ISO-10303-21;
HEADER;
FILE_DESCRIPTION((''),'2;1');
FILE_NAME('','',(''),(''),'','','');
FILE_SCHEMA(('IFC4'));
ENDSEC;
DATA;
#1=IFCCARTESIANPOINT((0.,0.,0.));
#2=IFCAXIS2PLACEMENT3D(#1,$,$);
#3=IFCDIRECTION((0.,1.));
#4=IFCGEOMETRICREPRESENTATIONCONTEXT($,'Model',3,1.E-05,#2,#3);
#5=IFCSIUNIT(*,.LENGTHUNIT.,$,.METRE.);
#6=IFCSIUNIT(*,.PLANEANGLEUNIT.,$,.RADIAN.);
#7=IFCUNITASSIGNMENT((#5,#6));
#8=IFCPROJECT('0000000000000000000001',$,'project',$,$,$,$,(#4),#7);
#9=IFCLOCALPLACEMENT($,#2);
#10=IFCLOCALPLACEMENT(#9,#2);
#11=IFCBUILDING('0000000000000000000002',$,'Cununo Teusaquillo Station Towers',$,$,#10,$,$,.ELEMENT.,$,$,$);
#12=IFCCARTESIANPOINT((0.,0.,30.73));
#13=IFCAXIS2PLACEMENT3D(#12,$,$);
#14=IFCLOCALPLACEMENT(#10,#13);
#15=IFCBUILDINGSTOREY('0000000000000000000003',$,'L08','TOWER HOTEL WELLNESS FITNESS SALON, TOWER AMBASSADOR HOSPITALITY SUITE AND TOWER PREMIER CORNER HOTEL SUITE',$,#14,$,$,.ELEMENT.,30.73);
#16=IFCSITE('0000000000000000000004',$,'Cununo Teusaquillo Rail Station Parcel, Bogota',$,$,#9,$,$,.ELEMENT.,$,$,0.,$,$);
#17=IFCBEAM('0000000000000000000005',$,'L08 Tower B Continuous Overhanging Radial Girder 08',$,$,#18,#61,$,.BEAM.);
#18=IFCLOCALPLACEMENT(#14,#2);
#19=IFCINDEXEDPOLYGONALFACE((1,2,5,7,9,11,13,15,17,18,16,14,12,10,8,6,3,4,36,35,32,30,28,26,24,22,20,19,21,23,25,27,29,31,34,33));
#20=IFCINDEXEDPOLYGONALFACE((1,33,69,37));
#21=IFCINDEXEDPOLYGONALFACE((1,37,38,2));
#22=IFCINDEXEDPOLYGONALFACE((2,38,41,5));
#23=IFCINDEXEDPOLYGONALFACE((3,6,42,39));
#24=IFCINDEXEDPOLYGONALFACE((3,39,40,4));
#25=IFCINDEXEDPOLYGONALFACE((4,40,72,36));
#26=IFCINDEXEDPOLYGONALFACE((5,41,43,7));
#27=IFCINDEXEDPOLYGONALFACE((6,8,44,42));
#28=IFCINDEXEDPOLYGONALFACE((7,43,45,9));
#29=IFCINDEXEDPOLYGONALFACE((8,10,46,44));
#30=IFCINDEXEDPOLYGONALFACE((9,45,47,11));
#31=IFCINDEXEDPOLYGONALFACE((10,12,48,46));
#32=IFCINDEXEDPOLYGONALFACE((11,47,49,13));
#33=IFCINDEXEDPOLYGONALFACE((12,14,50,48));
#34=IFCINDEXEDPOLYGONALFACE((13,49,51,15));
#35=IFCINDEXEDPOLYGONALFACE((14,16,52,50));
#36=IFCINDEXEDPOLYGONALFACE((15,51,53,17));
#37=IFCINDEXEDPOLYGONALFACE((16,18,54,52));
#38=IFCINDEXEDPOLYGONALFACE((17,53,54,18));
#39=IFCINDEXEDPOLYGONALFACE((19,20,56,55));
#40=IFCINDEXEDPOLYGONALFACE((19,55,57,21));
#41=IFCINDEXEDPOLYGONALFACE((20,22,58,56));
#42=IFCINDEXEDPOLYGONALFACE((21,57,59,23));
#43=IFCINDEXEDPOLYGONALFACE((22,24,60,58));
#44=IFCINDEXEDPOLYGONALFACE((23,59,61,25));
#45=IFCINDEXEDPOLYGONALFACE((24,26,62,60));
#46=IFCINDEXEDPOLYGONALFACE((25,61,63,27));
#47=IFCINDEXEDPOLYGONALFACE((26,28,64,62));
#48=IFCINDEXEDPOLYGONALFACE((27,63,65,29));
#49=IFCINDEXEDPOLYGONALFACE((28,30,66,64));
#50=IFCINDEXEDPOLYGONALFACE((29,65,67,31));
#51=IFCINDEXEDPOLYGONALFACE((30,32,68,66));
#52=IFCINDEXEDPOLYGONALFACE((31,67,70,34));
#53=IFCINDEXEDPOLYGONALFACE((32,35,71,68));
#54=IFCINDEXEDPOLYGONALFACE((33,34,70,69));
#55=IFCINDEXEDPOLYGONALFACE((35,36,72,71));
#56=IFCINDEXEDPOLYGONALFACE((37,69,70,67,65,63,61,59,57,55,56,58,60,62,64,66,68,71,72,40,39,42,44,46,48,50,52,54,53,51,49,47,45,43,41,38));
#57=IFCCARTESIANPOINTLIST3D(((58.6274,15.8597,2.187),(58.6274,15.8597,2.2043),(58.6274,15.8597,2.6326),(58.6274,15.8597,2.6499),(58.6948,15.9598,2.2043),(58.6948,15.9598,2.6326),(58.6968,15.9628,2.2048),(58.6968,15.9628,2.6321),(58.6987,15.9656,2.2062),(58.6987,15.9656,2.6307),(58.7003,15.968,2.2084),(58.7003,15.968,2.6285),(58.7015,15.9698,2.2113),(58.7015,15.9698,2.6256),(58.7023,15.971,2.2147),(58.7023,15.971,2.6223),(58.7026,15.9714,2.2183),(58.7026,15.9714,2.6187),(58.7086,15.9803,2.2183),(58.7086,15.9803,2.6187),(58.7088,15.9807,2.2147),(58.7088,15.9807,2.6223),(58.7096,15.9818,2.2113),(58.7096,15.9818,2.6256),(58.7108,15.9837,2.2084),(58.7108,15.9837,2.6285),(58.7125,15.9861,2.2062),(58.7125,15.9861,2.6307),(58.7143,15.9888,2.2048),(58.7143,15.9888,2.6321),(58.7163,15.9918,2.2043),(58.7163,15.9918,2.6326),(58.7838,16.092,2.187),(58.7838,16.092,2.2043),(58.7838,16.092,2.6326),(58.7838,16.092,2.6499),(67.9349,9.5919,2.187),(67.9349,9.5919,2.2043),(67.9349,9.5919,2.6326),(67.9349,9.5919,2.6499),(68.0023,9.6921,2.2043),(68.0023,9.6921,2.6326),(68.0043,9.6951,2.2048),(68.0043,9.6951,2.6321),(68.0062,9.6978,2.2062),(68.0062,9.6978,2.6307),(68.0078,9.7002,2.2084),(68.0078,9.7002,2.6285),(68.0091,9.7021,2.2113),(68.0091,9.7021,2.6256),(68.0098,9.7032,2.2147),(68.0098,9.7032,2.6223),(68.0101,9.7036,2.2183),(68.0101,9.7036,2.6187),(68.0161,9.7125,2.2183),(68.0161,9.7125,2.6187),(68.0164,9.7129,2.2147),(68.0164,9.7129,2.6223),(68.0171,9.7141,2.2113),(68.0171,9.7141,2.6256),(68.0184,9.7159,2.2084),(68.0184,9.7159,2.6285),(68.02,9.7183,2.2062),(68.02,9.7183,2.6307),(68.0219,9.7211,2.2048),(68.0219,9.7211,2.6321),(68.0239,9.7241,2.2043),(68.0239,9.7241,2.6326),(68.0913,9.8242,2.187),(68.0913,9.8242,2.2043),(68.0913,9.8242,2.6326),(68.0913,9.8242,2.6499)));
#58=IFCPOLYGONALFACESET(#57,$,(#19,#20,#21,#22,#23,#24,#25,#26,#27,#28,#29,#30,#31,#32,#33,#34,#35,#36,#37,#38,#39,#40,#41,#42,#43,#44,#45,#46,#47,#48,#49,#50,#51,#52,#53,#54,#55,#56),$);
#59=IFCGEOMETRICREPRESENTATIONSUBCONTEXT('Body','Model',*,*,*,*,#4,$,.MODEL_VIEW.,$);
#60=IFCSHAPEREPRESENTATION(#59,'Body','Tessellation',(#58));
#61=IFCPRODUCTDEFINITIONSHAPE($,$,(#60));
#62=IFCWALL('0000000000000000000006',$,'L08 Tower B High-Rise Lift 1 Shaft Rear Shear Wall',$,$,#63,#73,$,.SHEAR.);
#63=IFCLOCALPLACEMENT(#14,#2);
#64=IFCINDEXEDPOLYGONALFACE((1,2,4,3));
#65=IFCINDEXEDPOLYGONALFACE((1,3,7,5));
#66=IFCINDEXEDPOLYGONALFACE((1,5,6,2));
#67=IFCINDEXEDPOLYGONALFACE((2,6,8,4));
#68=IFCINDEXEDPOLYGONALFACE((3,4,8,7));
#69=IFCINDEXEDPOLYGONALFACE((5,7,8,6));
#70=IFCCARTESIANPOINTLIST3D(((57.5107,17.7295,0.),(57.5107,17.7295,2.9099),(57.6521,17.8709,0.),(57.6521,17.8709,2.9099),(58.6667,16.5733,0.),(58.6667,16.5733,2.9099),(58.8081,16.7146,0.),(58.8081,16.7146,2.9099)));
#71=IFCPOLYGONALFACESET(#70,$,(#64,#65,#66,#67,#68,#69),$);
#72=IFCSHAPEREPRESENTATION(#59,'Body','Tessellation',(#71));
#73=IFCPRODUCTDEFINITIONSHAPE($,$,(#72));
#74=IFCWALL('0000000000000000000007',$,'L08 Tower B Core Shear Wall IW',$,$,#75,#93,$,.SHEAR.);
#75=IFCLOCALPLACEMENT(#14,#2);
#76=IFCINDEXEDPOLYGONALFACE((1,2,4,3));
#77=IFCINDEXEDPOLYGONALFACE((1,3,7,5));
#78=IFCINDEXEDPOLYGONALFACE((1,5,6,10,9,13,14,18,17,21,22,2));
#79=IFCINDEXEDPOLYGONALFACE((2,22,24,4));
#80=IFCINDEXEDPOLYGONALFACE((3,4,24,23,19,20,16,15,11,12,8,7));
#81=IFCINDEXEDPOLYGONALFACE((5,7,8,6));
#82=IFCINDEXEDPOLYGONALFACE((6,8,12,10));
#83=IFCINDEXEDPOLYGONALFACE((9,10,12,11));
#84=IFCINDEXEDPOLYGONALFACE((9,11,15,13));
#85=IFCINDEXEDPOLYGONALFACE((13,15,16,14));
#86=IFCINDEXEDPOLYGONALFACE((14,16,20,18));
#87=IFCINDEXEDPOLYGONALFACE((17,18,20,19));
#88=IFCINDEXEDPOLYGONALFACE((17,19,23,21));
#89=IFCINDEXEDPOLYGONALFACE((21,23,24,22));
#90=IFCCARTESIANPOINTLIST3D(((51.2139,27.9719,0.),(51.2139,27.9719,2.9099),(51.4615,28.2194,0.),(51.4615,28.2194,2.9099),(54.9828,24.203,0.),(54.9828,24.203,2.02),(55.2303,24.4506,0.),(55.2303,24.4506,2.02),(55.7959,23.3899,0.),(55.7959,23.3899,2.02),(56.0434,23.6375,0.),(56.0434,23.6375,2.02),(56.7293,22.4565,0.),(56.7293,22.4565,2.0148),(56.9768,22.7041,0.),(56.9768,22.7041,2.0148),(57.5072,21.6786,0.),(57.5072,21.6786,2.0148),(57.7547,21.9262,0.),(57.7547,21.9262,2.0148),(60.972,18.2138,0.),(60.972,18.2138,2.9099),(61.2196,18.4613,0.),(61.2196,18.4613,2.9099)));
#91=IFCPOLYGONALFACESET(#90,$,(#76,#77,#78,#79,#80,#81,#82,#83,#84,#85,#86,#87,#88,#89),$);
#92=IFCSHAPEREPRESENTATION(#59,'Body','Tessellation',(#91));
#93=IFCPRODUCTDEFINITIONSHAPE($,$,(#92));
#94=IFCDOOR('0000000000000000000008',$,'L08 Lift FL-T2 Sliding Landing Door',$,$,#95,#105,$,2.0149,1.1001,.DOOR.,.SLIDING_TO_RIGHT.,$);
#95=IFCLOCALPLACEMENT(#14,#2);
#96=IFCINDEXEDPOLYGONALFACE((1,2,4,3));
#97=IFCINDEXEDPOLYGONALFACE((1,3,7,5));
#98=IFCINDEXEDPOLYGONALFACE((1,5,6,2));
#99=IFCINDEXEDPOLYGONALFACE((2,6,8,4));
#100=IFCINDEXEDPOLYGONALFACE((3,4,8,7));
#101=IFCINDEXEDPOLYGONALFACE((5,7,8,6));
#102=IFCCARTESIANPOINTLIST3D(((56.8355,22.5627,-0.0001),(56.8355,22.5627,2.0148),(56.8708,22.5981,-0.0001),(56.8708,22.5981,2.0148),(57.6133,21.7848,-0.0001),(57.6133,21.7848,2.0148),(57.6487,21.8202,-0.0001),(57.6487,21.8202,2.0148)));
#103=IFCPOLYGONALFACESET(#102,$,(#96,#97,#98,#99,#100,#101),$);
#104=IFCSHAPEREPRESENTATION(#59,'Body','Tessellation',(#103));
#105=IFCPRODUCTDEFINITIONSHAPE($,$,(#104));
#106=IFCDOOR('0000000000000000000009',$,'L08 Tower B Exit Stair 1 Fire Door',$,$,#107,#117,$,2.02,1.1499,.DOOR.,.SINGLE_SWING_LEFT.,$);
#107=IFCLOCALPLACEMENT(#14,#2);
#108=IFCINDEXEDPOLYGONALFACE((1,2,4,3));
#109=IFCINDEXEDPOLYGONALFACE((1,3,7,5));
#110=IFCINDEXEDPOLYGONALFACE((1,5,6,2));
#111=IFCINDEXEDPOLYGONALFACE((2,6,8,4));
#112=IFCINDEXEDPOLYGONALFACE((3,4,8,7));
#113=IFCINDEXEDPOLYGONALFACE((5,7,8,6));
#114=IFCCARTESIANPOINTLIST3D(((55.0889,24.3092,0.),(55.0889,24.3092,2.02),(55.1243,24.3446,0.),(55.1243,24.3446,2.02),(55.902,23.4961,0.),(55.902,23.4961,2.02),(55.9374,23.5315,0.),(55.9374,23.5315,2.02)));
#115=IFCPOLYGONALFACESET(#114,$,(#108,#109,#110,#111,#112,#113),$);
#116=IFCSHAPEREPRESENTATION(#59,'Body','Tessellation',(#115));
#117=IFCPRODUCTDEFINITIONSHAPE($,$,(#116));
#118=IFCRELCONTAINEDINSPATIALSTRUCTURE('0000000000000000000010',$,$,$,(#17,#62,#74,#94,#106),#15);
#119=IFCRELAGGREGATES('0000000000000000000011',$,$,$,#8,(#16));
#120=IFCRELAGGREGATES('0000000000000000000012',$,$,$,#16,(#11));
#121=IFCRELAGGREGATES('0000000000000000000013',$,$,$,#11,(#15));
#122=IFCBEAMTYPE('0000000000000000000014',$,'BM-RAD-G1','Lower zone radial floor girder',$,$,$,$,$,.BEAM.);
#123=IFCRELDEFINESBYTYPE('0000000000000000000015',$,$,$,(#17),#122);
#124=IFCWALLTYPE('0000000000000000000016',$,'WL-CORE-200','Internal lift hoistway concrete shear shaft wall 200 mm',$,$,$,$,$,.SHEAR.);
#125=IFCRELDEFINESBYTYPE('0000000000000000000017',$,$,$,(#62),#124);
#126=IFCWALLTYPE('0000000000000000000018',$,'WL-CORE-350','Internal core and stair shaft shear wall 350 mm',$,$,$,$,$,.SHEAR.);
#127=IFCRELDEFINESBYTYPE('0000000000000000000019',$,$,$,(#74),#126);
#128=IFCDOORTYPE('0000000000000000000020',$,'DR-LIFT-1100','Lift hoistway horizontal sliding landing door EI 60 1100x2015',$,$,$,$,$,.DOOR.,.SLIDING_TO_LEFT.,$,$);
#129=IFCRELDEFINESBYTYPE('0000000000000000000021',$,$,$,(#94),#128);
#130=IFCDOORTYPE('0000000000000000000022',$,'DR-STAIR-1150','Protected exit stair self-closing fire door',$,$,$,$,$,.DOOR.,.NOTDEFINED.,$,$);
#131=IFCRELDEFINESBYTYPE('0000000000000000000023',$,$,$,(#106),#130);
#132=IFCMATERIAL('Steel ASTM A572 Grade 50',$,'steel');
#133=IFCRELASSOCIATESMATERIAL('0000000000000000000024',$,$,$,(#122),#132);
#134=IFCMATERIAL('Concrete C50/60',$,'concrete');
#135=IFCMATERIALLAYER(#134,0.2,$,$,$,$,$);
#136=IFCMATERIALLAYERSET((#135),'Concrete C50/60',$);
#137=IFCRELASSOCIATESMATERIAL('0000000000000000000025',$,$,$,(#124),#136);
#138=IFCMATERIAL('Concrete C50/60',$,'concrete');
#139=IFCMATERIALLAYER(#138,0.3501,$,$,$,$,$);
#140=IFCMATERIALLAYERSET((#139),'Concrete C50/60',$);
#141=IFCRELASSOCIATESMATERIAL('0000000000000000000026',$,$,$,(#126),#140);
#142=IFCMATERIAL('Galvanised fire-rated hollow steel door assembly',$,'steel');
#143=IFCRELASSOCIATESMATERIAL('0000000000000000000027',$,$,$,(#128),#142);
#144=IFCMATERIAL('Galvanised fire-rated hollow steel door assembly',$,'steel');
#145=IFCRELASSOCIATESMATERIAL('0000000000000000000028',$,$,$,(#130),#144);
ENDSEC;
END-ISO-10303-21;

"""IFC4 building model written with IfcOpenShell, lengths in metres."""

from ifc_helpers import new_model, si_unit, direction, frame, frame_2d, origin, origin_2d, place, context, subcontext, project, spatial, rectangle, i_section, extrude, source, transform, mapped, material, layer, layer_set, material_profile, profile_set, type_object, element, fill, save


model = new_model("IFC4")

# Units and contexts
model_context = context("Model", 3, precision=1e-05, world=origin(), true_north=direction((0.0, 1.0)))
body_context = subcontext(model_context, "Body", "Model", "MODEL_VIEW")
ifc_project = project(units=[si_unit("LENGTHUNIT", "METRE"), si_unit("PLANEANGLEUNIT", "RADIAN")], contexts=[model_context])

# Site, building, storey
site_placement = place(None, origin())
site = spatial("IfcSite", under=ifc_project, at=site_placement, Name="Cununo Teusaquillo Rail Station Parcel, Bogota", CompositionType="ELEMENT", RefElevation=0.0)
building_placement = place(site_placement, origin())
building = spatial("IfcBuilding", under=site, at=building_placement, Name="Cununo Teusaquillo Station Towers", CompositionType="ELEMENT")
storey_placement = place(building_placement, frame((0.0, 0.0, 30.73)))
storey = spatial("IfcBuildingStorey", under=building, at=storey_placement, Name="L08", Description="TOWER HOTEL WELLNESS FITNESS SALON, TOWER AMBASSADOR HOSPITALITY SUITE AND TOWER PREMIER CORNER HOTEL SUITE", CompositionType="ELEMENT", Elevation=30.73)

# Beam
ifc_material_1 = material(Name="Steel ASTM A572 Grade 50", Category="steel")
ifc_material_profile_1 = material_profile(ifc_material_1, i_section(OverallWidth=0.28, OverallDepth=0.4629, WebThickness=0.0107, FlangeThickness=0.0173, FilletRadius=0.0139, at=origin_2d()), Name="W18X76")
ifc_profile_set_1 = profile_set([ifc_material_profile_1], Name="Steel ASTM A572 Grade 50")
beam_type_1 = type_object("IfcBeamType", Name="BM-RAD-G1", Description="Lower zone radial floor girder", PredefinedType="BEAM", material=ifc_profile_set_1)
beam_1_placement = place(storey_placement, frame((58.7056, 15.9758, 2.4185), z_axis=(0.829461, -0.558565, 0.0), x_axis=(0.558565, 0.829461, 0.0)))
element("IfcBeam", 1, at=beam_1_placement, inside=storey, type_object=beam_type_1, Name="L08 Tower B Continuous Overhanging Radial Girder 08", PredefinedType="BEAM", context=body_context, shape_type="SweptSolid", body=[
    extrude(i_section(OverallWidth=0.28, OverallDepth=0.4629, WebThickness=0.0107, FlangeThickness=0.0173, FilletRadius=0.0139, at=origin_2d()), origin(), (0.0, 0.0, 1.0), 11.2212),
])

# Wall
ifc_material_2 = material(Name="Concrete C50/60", Category="concrete")
ifc_layer_1 = layer(ifc_material_2, 0.2)
ifc_layer_set_1 = layer_set([ifc_layer_1], Name="Concrete C50/60")
wall_type_1 = type_object("IfcWallType", Name="WL-CORE-200", Description="Internal lift hoistway concrete shear shaft wall 200 mm", PredefinedType="SHEAR", material=ifc_layer_set_1)
wall_1_placement = place(storey_placement, frame((58.7373, 16.644, 0.0), z_axis=(0.0, 0.0, 1.0), x_axis=(-0.707032, 0.707181, 0.0)))
element("IfcWall", 2, at=wall_1_placement, inside=storey, type_object=wall_type_1, Name="L08 Tower B High-Rise Lift 1 Shaft Rear Shear Wall", PredefinedType="SHEAR", context=body_context, shape_type="SweptSolid", body=[
    extrude(rectangle(XDim=1.635, YDim=0.2, at=frame_2d((0.8174, 0.0))), origin(), (0.0, 0.0, 1.0), 2.9099),
])

# Wall, openings, doors
ifc_material_3 = material(Name="Concrete C50/60", Category="concrete")
ifc_layer_2 = layer(ifc_material_3, 0.3501)
ifc_layer_set_2 = layer_set([ifc_layer_2], Name="Concrete C50/60")
wall_type_2 = type_object("IfcWallType", Name="WL-CORE-350", Description="Internal core and stair shaft shear wall 350 mm", PredefinedType="SHEAR", material=ifc_layer_set_2)
wall_2_placement = place(storey_placement, frame((61.0957, 18.3376, 0.0), z_axis=(0.0, 0.0, 1.0), x_axis=(-0.707107, 0.707107, 0.0)))
wall_2 = element("IfcWall", 3, at=wall_2_placement, inside=storey, type_object=wall_type_2, Name="L08 Tower B Core Shear Wall IW", PredefinedType="SHEAR", context=body_context, shape_type="SweptSolid", body=[
    extrude(rectangle(XDim=13.8, YDim=0.3501, at=frame_2d((6.8999, 0.0))), origin(), (0.0, 0.0, 1.0), 2.9099),
])
shared_shape_1 = source(origin(), body_context, "Body", "SweptSolid", [
    extrude(rectangle(XDim=1.1001, YDim=2.0149, at=frame_2d((0.55, 1.0073))), frame((0.0, 0.1851, 0.0), z_axis=(0.0, -1.0, 0.0), x_axis=(1.0, 0.0, 0.0)), (0.0, 0.0, 1.0), 0.3701),
])
opening_1_placement = place(wall_2_placement, frame((4.8999, 0.0, 0.0)))
opening_1 = element("IfcOpeningElement", 4, at=opening_1_placement, cuts=wall_2, PredefinedType="OPENING", context=body_context, shape_type="MappedRepresentation", body=[
    mapped(shared_shape_1, transform((0.0, 0.0, 0.0), x_axis=(1.0, 0.0, 0.0), y_axis=(0.0, 1.0, 0.0), z_axis=(0.0, 0.0, 1.0), scale=1.0)),
])
shared_shape_2 = source(origin(), body_context, "Body", "SweptSolid", [
    extrude(rectangle(XDim=1.1499, YDim=2.02, at=frame_2d((0.575, 1.01))), frame((0.0, 0.1851, 0.0), z_axis=(0.0, -1.0, 0.0), x_axis=(1.0, 0.0, 0.0)), (0.0, 0.0, 1.0), 0.3701),
])
opening_2_placement = place(wall_2_placement, frame((7.3201, 0.0, 0.0)))
opening_2 = element("IfcOpeningElement", 5, at=opening_2_placement, cuts=wall_2, PredefinedType="OPENING", context=body_context, shape_type="MappedRepresentation", body=[
    mapped(shared_shape_2, transform((0.0, 0.0, 0.0), x_axis=(1.0, 0.0, 0.0), y_axis=(0.0, 1.0, 0.0), z_axis=(0.0, 0.0, 1.0), scale=1.0)),
])
ifc_material_4 = material(Name="Galvanised fire-rated hollow steel door assembly", Category="steel")
door_type_1 = type_object("IfcDoorType", Name="DR-LIFT-1100", Description="Lift hoistway horizontal sliding landing door EI 60 1100x2015", OperationType="SLIDING_TO_LEFT", PredefinedType="DOOR", material=ifc_material_4)
shared_shape_3 = source(origin(), body_context, "Body", "SweptSolid", [
    extrude(rectangle(XDim=1.1001, YDim=2.0149, at=frame_2d((0.55, 1.0073))), frame((0.0, 0.0249, 0.0), z_axis=(0.0, -1.0, 0.0), x_axis=(1.0, 0.0, 0.0)), (0.0, 0.0, 1.0), 0.05),
])
door_1_placement = place(opening_1_placement, origin())
door_1 = element("IfcDoor", 6, at=door_1_placement, inside=storey, type_object=door_type_1, Name="L08 Lift FL-T2 Sliding Landing Door", OperationType="SLIDING_TO_RIGHT", OverallHeight=2.0149, OverallWidth=1.1001, PredefinedType="DOOR", context=body_context, shape_type="MappedRepresentation", body=[
    mapped(shared_shape_3, transform((0.0, 0.0, 0.0), x_axis=(1.0, 0.0, 0.0), y_axis=(0.0, 1.0, 0.0), z_axis=(0.0, 0.0, 1.0), scale=1.0)),
])
fill(opening_1, door_1)
ifc_material_5 = material(Name="Galvanised fire-rated hollow steel door assembly", Category="steel")
door_type_2 = type_object("IfcDoorType", Name="DR-STAIR-1150", Description="Protected exit stair self-closing fire door", OperationType="NOTDEFINED", PredefinedType="DOOR", material=ifc_material_5)
shared_shape_4 = source(origin(), body_context, "Body", "SweptSolid", [
    extrude(rectangle(XDim=1.1499, YDim=2.02, at=frame_2d((0.575, 1.01))), frame((0.0, 0.0249, 0.0), z_axis=(0.0, -1.0, 0.0), x_axis=(1.0, 0.0, 0.0)), (0.0, 0.0, 1.0), 0.05),
])
door_2_placement = place(opening_2_placement, origin())
door_2 = element("IfcDoor", 7, at=door_2_placement, inside=storey, type_object=door_type_2, Name="L08 Tower B Exit Stair 1 Fire Door", OperationType="SINGLE_SWING_LEFT", OverallHeight=2.02, OverallWidth=1.1499, PredefinedType="DOOR", context=body_context, shape_type="MappedRepresentation", body=[
    mapped(shared_shape_4, transform((0.0, 0.0, 0.0), x_axis=(1.0, 0.0, 0.0), y_axis=(0.0, 1.0, 0.0), z_axis=(0.0, 0.0, 1.0), scale=1.0)),
])
fill(opening_2, door_2)

save(model, "model.ifc")
